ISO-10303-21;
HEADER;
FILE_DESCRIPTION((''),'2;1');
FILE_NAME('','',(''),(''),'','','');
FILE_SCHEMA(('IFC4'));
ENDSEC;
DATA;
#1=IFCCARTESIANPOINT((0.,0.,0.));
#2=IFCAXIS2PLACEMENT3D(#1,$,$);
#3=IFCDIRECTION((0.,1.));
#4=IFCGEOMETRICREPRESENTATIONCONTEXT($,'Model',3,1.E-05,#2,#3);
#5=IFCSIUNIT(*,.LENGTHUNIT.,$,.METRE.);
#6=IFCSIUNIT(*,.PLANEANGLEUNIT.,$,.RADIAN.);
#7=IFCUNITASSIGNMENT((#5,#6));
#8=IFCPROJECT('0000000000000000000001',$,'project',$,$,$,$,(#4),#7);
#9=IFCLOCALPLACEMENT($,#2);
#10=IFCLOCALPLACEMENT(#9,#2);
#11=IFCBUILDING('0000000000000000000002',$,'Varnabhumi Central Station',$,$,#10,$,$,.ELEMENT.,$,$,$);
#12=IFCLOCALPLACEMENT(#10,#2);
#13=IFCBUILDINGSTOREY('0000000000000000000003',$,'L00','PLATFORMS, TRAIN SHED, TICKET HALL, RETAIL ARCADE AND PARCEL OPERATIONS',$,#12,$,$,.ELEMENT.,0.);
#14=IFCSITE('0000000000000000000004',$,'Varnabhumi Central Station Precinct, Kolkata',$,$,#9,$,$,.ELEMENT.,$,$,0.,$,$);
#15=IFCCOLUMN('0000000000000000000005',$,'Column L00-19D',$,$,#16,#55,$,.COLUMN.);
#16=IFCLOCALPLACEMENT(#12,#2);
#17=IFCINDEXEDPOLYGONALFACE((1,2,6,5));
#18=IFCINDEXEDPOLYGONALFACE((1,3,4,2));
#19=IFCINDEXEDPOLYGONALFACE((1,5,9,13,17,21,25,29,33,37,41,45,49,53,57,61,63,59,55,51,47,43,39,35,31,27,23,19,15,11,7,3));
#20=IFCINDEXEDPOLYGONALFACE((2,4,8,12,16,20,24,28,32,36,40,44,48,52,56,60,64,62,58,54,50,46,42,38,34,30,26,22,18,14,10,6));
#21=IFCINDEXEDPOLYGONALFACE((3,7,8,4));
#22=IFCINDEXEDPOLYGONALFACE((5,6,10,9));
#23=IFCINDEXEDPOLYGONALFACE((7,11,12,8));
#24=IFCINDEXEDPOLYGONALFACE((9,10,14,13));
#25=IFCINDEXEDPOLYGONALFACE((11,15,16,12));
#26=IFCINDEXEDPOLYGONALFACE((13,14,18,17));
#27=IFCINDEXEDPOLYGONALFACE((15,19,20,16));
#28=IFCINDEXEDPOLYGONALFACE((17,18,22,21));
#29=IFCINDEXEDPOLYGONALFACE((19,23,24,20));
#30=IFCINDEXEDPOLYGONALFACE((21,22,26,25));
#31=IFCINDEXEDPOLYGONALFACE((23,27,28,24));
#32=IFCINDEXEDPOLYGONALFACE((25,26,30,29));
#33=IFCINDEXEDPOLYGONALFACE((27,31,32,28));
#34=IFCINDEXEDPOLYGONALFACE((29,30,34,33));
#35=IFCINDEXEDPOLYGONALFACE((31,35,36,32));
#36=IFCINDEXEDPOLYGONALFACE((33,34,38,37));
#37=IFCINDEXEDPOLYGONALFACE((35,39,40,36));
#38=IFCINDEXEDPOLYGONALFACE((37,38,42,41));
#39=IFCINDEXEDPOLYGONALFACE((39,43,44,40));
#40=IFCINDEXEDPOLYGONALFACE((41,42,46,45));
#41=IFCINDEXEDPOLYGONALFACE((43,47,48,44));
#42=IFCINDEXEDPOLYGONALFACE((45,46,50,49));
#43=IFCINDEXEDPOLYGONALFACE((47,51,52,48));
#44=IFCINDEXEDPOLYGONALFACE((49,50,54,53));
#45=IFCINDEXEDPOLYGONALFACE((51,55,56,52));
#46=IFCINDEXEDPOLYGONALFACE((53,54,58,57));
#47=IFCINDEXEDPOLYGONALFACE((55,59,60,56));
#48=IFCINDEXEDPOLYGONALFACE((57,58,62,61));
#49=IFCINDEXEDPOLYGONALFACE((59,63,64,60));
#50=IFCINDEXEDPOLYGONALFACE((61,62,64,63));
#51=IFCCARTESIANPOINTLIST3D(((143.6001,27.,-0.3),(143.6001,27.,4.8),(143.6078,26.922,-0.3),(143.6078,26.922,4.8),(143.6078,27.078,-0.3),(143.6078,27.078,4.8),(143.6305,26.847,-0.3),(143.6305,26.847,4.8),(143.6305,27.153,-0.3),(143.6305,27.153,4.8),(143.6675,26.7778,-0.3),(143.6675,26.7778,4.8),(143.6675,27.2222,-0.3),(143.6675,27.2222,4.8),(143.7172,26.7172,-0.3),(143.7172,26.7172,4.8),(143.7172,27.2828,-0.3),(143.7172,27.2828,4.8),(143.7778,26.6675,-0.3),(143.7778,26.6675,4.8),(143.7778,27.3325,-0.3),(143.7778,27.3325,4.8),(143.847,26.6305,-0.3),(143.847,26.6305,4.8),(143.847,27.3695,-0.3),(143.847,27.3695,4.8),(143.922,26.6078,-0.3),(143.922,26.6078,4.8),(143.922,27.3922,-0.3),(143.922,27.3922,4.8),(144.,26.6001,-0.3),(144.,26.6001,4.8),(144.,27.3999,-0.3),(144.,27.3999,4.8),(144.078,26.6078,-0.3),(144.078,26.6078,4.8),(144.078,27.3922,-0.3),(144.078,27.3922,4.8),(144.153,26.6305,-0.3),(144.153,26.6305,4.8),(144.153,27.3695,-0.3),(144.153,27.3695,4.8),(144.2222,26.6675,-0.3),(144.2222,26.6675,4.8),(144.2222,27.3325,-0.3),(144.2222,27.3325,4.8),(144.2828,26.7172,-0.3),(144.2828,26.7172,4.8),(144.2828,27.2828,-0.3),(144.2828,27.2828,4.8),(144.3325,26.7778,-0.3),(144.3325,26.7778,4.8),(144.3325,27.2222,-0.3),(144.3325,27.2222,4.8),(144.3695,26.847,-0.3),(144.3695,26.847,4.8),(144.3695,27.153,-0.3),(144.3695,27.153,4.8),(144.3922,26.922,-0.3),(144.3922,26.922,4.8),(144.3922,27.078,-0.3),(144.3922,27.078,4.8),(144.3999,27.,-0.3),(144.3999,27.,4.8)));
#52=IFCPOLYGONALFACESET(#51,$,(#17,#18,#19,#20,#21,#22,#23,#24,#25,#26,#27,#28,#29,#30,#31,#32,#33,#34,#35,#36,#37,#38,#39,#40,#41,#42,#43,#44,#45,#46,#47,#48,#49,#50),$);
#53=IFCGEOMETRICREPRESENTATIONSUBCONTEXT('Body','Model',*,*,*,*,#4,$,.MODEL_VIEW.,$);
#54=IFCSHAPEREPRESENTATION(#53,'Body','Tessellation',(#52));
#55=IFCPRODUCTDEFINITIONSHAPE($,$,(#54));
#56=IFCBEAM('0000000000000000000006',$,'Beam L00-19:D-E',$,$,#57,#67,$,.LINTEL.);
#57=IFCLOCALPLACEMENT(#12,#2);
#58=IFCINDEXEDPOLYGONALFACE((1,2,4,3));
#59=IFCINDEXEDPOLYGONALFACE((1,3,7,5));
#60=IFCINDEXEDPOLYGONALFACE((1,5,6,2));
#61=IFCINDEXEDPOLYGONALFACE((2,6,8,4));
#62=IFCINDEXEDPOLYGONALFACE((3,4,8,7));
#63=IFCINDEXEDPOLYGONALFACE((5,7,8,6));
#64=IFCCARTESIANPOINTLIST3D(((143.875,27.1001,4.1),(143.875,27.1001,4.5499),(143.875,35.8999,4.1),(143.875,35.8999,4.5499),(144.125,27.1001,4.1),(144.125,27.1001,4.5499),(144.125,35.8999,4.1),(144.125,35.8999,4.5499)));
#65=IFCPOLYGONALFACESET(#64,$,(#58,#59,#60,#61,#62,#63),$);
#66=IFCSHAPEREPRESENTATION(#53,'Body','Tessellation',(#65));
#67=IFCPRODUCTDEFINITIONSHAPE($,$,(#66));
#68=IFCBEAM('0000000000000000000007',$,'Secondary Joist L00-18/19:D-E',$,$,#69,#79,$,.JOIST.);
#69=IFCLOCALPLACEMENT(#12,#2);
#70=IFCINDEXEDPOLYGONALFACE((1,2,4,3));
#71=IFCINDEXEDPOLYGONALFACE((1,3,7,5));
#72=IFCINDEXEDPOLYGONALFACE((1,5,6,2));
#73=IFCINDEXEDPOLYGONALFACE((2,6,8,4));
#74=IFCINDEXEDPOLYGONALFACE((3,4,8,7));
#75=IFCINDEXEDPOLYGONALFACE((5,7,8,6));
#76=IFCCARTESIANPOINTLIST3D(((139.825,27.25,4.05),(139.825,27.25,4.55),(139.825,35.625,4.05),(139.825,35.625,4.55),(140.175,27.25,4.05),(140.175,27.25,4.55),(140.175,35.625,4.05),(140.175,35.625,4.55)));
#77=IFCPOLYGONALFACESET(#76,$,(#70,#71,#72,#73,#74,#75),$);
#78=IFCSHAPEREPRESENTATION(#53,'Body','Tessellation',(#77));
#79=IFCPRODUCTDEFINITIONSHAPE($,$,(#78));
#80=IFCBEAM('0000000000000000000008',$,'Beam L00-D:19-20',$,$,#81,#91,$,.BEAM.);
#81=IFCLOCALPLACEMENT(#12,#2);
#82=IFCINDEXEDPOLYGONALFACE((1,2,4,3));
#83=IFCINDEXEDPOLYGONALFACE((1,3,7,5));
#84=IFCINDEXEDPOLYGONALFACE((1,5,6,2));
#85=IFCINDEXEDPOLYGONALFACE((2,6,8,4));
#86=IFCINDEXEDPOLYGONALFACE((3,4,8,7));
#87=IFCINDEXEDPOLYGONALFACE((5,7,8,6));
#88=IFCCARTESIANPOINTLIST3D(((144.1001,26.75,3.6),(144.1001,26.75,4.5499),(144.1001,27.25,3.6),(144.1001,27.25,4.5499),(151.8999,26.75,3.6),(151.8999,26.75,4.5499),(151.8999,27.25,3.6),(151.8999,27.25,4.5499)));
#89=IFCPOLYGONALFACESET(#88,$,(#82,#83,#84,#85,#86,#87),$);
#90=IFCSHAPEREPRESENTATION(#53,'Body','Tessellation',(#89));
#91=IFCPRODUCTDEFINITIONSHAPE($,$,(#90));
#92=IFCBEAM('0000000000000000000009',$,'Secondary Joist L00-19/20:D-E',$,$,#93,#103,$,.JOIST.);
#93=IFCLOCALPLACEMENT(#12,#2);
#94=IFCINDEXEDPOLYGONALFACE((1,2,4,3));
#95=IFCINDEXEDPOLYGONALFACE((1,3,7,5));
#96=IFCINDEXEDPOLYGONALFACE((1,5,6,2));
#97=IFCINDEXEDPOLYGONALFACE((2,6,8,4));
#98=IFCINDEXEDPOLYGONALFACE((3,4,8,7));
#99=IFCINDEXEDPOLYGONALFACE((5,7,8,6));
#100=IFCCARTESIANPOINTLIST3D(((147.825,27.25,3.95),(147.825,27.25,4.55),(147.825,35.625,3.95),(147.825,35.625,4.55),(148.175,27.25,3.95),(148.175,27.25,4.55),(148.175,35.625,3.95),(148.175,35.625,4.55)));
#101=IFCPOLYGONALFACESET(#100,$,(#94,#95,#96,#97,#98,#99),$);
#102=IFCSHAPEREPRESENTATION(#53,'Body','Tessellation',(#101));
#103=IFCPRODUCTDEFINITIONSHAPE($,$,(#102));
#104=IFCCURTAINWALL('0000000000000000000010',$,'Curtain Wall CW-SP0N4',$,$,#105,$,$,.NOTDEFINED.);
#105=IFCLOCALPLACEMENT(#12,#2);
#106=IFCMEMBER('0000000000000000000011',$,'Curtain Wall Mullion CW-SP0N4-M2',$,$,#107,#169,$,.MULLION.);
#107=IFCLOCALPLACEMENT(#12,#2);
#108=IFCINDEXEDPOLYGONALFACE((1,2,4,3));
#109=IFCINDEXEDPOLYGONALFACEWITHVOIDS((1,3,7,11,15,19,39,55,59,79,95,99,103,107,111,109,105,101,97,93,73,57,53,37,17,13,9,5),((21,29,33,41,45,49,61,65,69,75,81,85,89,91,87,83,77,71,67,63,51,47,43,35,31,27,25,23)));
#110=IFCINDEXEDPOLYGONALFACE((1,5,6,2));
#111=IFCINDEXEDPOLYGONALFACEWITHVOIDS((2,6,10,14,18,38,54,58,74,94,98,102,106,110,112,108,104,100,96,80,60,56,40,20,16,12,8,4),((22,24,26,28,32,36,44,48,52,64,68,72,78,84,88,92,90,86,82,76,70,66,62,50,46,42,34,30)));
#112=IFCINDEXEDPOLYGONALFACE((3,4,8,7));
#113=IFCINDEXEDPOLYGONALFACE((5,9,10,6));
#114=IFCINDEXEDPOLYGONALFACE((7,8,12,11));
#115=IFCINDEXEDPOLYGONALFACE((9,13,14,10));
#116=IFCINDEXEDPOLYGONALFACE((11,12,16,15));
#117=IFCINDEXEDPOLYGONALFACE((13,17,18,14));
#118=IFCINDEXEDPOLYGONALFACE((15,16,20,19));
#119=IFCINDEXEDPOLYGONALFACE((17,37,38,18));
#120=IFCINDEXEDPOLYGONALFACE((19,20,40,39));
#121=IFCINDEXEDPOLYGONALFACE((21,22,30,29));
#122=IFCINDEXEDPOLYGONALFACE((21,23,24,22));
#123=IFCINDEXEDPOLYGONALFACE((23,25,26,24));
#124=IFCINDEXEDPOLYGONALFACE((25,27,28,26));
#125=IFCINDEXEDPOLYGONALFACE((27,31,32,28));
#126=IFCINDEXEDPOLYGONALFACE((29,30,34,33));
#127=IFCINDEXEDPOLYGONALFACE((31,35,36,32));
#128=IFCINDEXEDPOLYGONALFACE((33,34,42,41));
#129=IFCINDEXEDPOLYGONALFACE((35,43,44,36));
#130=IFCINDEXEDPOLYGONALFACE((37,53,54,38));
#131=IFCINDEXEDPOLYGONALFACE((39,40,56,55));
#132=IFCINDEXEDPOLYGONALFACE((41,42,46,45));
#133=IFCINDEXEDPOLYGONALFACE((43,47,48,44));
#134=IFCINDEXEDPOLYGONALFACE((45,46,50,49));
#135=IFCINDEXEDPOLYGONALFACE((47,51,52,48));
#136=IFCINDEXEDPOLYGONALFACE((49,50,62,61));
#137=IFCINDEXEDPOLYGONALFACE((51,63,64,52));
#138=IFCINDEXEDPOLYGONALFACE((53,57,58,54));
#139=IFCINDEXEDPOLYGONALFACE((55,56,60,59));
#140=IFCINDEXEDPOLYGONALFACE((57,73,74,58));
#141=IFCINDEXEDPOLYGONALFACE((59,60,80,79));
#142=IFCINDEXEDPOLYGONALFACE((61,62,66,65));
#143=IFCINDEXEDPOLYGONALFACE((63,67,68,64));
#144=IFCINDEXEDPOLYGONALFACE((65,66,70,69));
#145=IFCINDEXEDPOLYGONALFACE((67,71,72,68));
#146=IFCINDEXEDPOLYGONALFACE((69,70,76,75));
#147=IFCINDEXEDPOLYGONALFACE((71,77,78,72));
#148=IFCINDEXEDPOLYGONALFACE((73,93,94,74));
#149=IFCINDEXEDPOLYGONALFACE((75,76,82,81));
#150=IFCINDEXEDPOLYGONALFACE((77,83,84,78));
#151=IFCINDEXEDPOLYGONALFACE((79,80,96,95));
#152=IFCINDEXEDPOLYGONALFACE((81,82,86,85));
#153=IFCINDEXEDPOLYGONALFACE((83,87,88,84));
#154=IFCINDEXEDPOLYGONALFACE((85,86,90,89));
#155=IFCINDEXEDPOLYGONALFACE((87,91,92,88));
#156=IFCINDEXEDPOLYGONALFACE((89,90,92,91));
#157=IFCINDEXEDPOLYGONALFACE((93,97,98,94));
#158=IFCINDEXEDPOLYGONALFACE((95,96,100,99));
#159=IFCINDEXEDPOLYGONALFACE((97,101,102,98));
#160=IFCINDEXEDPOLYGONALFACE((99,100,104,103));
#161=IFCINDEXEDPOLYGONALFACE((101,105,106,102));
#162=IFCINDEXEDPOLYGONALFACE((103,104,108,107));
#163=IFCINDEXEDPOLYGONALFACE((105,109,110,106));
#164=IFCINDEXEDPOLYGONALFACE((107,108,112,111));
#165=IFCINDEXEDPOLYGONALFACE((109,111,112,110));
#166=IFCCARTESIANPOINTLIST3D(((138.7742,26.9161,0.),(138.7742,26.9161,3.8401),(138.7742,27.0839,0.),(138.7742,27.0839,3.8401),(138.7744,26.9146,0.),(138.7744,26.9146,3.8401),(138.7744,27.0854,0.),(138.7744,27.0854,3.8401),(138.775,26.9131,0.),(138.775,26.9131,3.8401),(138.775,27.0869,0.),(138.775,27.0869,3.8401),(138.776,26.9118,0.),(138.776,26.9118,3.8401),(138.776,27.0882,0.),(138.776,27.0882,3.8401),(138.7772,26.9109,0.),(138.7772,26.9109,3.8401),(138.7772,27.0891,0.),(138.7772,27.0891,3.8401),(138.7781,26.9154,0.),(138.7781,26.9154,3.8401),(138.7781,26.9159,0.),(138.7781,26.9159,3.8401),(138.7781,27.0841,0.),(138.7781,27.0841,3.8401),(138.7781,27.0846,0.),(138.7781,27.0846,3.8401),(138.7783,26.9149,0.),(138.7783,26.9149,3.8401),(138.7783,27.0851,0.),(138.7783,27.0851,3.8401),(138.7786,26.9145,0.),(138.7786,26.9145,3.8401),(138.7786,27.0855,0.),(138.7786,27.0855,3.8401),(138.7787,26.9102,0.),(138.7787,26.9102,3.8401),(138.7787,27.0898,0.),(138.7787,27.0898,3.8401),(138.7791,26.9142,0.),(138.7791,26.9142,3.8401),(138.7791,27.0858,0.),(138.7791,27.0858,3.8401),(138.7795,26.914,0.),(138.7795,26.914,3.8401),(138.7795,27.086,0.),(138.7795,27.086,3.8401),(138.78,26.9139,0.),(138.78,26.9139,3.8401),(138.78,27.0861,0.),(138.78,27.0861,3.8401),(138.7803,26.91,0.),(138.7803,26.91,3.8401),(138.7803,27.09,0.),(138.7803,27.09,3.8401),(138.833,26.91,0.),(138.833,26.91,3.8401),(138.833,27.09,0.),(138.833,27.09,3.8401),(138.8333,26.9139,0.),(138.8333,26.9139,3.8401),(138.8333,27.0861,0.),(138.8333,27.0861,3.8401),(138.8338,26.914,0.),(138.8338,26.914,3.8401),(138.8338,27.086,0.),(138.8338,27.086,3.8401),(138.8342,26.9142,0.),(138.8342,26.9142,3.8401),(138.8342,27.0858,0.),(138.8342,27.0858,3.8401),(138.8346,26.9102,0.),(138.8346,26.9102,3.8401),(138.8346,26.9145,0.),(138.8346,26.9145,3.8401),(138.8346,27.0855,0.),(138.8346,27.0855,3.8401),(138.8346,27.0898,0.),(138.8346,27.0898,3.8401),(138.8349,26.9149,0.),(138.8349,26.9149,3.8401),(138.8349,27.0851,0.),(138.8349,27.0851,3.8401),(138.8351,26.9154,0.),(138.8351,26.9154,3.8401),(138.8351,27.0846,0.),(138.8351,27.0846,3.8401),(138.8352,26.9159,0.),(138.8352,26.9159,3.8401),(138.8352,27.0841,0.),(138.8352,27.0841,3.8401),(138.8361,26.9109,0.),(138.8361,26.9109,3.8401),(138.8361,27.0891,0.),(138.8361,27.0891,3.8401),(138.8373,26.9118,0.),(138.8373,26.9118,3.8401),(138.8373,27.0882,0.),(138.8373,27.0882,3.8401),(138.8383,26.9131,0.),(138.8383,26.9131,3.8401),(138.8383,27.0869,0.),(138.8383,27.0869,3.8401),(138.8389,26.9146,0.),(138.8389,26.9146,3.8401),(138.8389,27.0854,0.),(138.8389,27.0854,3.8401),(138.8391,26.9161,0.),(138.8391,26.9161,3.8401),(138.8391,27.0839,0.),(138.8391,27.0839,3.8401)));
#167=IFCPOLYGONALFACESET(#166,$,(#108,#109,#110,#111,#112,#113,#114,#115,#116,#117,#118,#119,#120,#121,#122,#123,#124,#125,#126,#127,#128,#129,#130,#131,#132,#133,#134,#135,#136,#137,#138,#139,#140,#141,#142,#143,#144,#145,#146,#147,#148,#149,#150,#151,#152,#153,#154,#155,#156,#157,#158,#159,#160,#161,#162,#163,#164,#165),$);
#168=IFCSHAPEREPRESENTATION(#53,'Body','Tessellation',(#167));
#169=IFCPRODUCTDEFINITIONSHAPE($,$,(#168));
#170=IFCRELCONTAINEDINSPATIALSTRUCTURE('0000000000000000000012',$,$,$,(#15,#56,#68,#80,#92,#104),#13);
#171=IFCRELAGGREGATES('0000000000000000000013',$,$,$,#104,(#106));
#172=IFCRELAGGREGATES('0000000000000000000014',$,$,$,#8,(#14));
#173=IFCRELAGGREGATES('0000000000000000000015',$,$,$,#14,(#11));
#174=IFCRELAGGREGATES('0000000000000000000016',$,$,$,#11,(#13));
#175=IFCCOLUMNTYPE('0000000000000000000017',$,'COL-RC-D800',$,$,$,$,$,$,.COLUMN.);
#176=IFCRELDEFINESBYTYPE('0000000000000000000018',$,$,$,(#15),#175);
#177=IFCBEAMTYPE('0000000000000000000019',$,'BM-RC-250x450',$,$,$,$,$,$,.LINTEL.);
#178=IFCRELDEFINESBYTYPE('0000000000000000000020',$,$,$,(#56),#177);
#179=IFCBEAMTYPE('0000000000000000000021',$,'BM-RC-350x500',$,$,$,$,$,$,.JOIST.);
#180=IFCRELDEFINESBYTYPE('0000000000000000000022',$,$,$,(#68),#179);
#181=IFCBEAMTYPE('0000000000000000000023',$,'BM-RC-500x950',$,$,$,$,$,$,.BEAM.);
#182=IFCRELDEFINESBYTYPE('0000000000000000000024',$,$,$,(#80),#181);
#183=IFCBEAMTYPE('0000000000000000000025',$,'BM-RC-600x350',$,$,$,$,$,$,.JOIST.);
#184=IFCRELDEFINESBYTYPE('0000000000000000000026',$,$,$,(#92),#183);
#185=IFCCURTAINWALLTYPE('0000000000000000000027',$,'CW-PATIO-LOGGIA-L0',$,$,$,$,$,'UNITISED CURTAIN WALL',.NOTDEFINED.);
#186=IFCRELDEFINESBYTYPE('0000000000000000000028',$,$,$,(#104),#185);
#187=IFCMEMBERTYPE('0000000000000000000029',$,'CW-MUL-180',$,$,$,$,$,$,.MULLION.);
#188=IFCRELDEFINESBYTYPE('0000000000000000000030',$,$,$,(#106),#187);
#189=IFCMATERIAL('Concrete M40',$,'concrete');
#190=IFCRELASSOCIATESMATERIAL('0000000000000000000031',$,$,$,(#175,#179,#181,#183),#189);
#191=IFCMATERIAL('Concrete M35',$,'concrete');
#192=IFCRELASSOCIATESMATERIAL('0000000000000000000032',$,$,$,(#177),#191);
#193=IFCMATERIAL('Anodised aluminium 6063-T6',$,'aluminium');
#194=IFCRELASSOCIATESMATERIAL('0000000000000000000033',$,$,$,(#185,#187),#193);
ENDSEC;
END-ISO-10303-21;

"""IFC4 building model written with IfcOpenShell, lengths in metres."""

from ifc_helpers import new_model, si_unit, direction, frame, origin, origin_2d, place, context, subcontext, project, spatial, rectangle, hollow_rectangle, circle, extrude, material, material_profile, profile_set, type_object, element, aggregate, save


model = new_model("IFC4")

# Units and contexts
model_context = context("Model", 3, precision=1e-05, world=origin(), true_north=direction((0.0, 1.0)))
body_context = subcontext(model_context, "Body", "Model", "MODEL_VIEW")
ifc_project = project(units=[si_unit("LENGTHUNIT", "METRE"), si_unit("PLANEANGLEUNIT", "RADIAN")], contexts=[model_context])

# Site, building, storey
site_placement = place(None, origin())
site = spatial("IfcSite", under=ifc_project, at=site_placement, Name="Varnabhumi Central Station Precinct, Kolkata", CompositionType="ELEMENT", RefElevation=0.0)
building_placement = place(site_placement, origin())
building = spatial("IfcBuilding", under=site, at=building_placement, Name="Varnabhumi Central Station", CompositionType="ELEMENT")
storey_placement = place(building_placement, origin())
storey = spatial("IfcBuildingStorey", under=building, at=storey_placement, Name="L00", Description="PLATFORMS, TRAIN SHED, TICKET HALL, RETAIL ARCADE AND PARCEL OPERATIONS", CompositionType="ELEMENT", Elevation=0.0)

# Shared definitions
ifc_material_1 = material(Name="Concrete M40", Category="concrete")

# Shared definitions
ifc_material_2 = material(Name="Concrete M35", Category="concrete")

# Column
ifc_material_profile_1 = material_profile(ifc_material_1, circle(Radius=0.3999, at=origin_2d()), Name="Concrete M40", Category="concrete")
ifc_profile_set_1 = profile_set([ifc_material_profile_1], Name="Concrete M40")
column_type = type_object("IfcColumnType", Name="COL-RC-D800", PredefinedType="COLUMN", material=ifc_profile_set_1)
column_placement = place(storey_placement, frame((144.0, 27.0, -0.3), z_axis=(0.0, 0.0, 1.0), x_axis=(1.0, 0.0, 0.0)))
element("IfcColumn", 1, at=column_placement, inside=storey, type_object=column_type, Name="Column L00-19D", PredefinedType="COLUMN", context=body_context, shape_type="SweptSolid", body=[
    extrude(circle(Radius=0.3999, at=origin_2d()), origin(), (0.0, 0.0, 1.0), 5.1001),
])

# Beams
ifc_material_profile_2 = material_profile(ifc_material_2, rectangle(XDim=0.25, YDim=0.45, at=origin_2d()), Name="Concrete M35", Category="concrete")
ifc_profile_set_2 = profile_set([ifc_material_profile_2], Name="Concrete M35")
beam_type_1 = type_object("IfcBeamType", Name="BM-RC-250x450", PredefinedType="LINTEL", material=ifc_profile_set_2)
beam_1_placement = place(storey_placement, frame((144.0, 27.1001, 4.325), z_axis=(0.0, 1.0, 0.0), x_axis=(-1.0, 0.0, 0.0)))
element("IfcBeam", 2, at=beam_1_placement, inside=storey, type_object=beam_type_1, Name="Beam L00-19:D-E", PredefinedType="LINTEL", context=body_context, shape_type="SweptSolid", body=[
    extrude(rectangle(XDim=0.25, YDim=0.45, at=origin_2d()), origin(), (0.0, 0.0, 1.0), 8.7998),
])
ifc_material_profile_3 = material_profile(ifc_material_1, rectangle(XDim=0.3501, YDim=0.5, at=origin_2d()), Name="Concrete M40", Category="concrete")
ifc_profile_set_3 = profile_set([ifc_material_profile_3], Name="Concrete M40")
beam_type_2 = type_object("IfcBeamType", Name="BM-RC-350x500", PredefinedType="JOIST", material=ifc_profile_set_3)
beam_2_placement = place(storey_placement, frame((140.0, 27.25, 4.3), z_axis=(0.0, 1.0, 0.0), x_axis=(-1.0, 0.0, 0.0)))
element("IfcBeam", 3, at=beam_2_placement, inside=storey, type_object=beam_type_2, Name="Secondary Joist L00-18/19:D-E", PredefinedType="JOIST", context=body_context, shape_type="SweptSolid", body=[
    extrude(rectangle(XDim=0.3501, YDim=0.5, at=origin_2d()), origin(), (0.0, 0.0, 1.0), 8.375),
])
ifc_material_profile_4 = material_profile(ifc_material_1, rectangle(XDim=0.5, YDim=0.95, at=origin_2d()), Name="Concrete M40", Category="concrete")
ifc_profile_set_4 = profile_set([ifc_material_profile_4], Name="Concrete M40")
beam_type_3 = type_object("IfcBeamType", Name="BM-RC-500x950", PredefinedType="BEAM", material=ifc_profile_set_4)
beam_3_placement = place(storey_placement, frame((144.1001, 27.0, 4.075), z_axis=(1.0, 0.0, 0.0), x_axis=(0.0, 1.0, 0.0)))
element("IfcBeam", 4, at=beam_3_placement, inside=storey, type_object=beam_type_3, Name="Beam L00-D:19-20", PredefinedType="BEAM", context=body_context, shape_type="SweptSolid", body=[
    extrude(rectangle(XDim=0.5, YDim=0.95, at=origin_2d()), origin(), (0.0, 0.0, 1.0), 7.7998),
])
ifc_material_profile_5 = material_profile(ifc_material_1, rectangle(XDim=0.3501, YDim=0.6001, at=origin_2d()), Name="Concrete M40", Category="concrete")
ifc_profile_set_5 = profile_set([ifc_material_profile_5], Name="Concrete M40")
beam_type_4 = type_object("IfcBeamType", Name="BM-RC-600x350", PredefinedType="JOIST", material=ifc_profile_set_5)
beam_4_placement = place(storey_placement, frame((148.0, 27.25, 4.25), z_axis=(0.0, 1.0, 0.0), x_axis=(-1.0, 0.0, 0.0)))
element("IfcBeam", 5, at=beam_4_placement, inside=storey, type_object=beam_type_4, Name="Secondary Joist L00-19/20:D-E", PredefinedType="JOIST", context=body_context, shape_type="SweptSolid", body=[
    extrude(rectangle(XDim=0.3501, YDim=0.6001, at=origin_2d()), origin(), (0.0, 0.0, 1.0), 8.375),
])

# Curtain wall, member
ifc_material_3 = material(Name="Anodised aluminium 6063-T6", Category="aluminium")
curtain_wall_type = type_object("IfcCurtainWallType", Name="CW-PATIO-LOGGIA-L0", ElementType="UNITISED CURTAIN WALL", PredefinedType="NOTDEFINED", material=ifc_material_3)
curtain_wall_placement = place(storey_placement, origin())
curtain_wall = element("IfcCurtainWall", 6, at=curtain_wall_placement, inside=storey, type_object=curtain_wall_type, Name="Curtain Wall CW-SP0N4", PredefinedType="NOTDEFINED")
ifc_material_profile_6 = material_profile(ifc_material_3, hollow_rectangle(XDim=0.0649, YDim=0.1799, WallThickness=0.0039, InnerFilletRadius=0.002, OuterFilletRadius=0.0061, at=origin_2d()), Name="Anodised aluminium 6063-T6", Category="aluminium")
ifc_profile_set_6 = profile_set([ifc_material_profile_6], Name="Anodised aluminium 6063-T6")
member_type = type_object("IfcMemberType", Name="CW-MUL-180", PredefinedType="MULLION", material=ifc_profile_set_6)
member_1_placement = place(storey_placement, frame((138.8066, 27.0, 0.0), z_axis=(0.0, 0.0, 1.0), x_axis=(1.0, 0.0, 0.0)))
member_1 = element("IfcMember", 7, at=member_1_placement, type_object=member_type, Name="Curtain Wall Mullion CW-SP0N4-M2", PredefinedType="MULLION", context=body_context, shape_type="SweptSolid", body=[
    extrude(hollow_rectangle(XDim=0.0649, YDim=0.1799, WallThickness=0.0039, InnerFilletRadius=0.002, OuterFilletRadius=0.0061, at=origin_2d()), origin(), (0.0, 0.0, 1.0), 3.8401),
])
aggregate(curtain_wall, [member_1])

save(model, "model.ifc")
